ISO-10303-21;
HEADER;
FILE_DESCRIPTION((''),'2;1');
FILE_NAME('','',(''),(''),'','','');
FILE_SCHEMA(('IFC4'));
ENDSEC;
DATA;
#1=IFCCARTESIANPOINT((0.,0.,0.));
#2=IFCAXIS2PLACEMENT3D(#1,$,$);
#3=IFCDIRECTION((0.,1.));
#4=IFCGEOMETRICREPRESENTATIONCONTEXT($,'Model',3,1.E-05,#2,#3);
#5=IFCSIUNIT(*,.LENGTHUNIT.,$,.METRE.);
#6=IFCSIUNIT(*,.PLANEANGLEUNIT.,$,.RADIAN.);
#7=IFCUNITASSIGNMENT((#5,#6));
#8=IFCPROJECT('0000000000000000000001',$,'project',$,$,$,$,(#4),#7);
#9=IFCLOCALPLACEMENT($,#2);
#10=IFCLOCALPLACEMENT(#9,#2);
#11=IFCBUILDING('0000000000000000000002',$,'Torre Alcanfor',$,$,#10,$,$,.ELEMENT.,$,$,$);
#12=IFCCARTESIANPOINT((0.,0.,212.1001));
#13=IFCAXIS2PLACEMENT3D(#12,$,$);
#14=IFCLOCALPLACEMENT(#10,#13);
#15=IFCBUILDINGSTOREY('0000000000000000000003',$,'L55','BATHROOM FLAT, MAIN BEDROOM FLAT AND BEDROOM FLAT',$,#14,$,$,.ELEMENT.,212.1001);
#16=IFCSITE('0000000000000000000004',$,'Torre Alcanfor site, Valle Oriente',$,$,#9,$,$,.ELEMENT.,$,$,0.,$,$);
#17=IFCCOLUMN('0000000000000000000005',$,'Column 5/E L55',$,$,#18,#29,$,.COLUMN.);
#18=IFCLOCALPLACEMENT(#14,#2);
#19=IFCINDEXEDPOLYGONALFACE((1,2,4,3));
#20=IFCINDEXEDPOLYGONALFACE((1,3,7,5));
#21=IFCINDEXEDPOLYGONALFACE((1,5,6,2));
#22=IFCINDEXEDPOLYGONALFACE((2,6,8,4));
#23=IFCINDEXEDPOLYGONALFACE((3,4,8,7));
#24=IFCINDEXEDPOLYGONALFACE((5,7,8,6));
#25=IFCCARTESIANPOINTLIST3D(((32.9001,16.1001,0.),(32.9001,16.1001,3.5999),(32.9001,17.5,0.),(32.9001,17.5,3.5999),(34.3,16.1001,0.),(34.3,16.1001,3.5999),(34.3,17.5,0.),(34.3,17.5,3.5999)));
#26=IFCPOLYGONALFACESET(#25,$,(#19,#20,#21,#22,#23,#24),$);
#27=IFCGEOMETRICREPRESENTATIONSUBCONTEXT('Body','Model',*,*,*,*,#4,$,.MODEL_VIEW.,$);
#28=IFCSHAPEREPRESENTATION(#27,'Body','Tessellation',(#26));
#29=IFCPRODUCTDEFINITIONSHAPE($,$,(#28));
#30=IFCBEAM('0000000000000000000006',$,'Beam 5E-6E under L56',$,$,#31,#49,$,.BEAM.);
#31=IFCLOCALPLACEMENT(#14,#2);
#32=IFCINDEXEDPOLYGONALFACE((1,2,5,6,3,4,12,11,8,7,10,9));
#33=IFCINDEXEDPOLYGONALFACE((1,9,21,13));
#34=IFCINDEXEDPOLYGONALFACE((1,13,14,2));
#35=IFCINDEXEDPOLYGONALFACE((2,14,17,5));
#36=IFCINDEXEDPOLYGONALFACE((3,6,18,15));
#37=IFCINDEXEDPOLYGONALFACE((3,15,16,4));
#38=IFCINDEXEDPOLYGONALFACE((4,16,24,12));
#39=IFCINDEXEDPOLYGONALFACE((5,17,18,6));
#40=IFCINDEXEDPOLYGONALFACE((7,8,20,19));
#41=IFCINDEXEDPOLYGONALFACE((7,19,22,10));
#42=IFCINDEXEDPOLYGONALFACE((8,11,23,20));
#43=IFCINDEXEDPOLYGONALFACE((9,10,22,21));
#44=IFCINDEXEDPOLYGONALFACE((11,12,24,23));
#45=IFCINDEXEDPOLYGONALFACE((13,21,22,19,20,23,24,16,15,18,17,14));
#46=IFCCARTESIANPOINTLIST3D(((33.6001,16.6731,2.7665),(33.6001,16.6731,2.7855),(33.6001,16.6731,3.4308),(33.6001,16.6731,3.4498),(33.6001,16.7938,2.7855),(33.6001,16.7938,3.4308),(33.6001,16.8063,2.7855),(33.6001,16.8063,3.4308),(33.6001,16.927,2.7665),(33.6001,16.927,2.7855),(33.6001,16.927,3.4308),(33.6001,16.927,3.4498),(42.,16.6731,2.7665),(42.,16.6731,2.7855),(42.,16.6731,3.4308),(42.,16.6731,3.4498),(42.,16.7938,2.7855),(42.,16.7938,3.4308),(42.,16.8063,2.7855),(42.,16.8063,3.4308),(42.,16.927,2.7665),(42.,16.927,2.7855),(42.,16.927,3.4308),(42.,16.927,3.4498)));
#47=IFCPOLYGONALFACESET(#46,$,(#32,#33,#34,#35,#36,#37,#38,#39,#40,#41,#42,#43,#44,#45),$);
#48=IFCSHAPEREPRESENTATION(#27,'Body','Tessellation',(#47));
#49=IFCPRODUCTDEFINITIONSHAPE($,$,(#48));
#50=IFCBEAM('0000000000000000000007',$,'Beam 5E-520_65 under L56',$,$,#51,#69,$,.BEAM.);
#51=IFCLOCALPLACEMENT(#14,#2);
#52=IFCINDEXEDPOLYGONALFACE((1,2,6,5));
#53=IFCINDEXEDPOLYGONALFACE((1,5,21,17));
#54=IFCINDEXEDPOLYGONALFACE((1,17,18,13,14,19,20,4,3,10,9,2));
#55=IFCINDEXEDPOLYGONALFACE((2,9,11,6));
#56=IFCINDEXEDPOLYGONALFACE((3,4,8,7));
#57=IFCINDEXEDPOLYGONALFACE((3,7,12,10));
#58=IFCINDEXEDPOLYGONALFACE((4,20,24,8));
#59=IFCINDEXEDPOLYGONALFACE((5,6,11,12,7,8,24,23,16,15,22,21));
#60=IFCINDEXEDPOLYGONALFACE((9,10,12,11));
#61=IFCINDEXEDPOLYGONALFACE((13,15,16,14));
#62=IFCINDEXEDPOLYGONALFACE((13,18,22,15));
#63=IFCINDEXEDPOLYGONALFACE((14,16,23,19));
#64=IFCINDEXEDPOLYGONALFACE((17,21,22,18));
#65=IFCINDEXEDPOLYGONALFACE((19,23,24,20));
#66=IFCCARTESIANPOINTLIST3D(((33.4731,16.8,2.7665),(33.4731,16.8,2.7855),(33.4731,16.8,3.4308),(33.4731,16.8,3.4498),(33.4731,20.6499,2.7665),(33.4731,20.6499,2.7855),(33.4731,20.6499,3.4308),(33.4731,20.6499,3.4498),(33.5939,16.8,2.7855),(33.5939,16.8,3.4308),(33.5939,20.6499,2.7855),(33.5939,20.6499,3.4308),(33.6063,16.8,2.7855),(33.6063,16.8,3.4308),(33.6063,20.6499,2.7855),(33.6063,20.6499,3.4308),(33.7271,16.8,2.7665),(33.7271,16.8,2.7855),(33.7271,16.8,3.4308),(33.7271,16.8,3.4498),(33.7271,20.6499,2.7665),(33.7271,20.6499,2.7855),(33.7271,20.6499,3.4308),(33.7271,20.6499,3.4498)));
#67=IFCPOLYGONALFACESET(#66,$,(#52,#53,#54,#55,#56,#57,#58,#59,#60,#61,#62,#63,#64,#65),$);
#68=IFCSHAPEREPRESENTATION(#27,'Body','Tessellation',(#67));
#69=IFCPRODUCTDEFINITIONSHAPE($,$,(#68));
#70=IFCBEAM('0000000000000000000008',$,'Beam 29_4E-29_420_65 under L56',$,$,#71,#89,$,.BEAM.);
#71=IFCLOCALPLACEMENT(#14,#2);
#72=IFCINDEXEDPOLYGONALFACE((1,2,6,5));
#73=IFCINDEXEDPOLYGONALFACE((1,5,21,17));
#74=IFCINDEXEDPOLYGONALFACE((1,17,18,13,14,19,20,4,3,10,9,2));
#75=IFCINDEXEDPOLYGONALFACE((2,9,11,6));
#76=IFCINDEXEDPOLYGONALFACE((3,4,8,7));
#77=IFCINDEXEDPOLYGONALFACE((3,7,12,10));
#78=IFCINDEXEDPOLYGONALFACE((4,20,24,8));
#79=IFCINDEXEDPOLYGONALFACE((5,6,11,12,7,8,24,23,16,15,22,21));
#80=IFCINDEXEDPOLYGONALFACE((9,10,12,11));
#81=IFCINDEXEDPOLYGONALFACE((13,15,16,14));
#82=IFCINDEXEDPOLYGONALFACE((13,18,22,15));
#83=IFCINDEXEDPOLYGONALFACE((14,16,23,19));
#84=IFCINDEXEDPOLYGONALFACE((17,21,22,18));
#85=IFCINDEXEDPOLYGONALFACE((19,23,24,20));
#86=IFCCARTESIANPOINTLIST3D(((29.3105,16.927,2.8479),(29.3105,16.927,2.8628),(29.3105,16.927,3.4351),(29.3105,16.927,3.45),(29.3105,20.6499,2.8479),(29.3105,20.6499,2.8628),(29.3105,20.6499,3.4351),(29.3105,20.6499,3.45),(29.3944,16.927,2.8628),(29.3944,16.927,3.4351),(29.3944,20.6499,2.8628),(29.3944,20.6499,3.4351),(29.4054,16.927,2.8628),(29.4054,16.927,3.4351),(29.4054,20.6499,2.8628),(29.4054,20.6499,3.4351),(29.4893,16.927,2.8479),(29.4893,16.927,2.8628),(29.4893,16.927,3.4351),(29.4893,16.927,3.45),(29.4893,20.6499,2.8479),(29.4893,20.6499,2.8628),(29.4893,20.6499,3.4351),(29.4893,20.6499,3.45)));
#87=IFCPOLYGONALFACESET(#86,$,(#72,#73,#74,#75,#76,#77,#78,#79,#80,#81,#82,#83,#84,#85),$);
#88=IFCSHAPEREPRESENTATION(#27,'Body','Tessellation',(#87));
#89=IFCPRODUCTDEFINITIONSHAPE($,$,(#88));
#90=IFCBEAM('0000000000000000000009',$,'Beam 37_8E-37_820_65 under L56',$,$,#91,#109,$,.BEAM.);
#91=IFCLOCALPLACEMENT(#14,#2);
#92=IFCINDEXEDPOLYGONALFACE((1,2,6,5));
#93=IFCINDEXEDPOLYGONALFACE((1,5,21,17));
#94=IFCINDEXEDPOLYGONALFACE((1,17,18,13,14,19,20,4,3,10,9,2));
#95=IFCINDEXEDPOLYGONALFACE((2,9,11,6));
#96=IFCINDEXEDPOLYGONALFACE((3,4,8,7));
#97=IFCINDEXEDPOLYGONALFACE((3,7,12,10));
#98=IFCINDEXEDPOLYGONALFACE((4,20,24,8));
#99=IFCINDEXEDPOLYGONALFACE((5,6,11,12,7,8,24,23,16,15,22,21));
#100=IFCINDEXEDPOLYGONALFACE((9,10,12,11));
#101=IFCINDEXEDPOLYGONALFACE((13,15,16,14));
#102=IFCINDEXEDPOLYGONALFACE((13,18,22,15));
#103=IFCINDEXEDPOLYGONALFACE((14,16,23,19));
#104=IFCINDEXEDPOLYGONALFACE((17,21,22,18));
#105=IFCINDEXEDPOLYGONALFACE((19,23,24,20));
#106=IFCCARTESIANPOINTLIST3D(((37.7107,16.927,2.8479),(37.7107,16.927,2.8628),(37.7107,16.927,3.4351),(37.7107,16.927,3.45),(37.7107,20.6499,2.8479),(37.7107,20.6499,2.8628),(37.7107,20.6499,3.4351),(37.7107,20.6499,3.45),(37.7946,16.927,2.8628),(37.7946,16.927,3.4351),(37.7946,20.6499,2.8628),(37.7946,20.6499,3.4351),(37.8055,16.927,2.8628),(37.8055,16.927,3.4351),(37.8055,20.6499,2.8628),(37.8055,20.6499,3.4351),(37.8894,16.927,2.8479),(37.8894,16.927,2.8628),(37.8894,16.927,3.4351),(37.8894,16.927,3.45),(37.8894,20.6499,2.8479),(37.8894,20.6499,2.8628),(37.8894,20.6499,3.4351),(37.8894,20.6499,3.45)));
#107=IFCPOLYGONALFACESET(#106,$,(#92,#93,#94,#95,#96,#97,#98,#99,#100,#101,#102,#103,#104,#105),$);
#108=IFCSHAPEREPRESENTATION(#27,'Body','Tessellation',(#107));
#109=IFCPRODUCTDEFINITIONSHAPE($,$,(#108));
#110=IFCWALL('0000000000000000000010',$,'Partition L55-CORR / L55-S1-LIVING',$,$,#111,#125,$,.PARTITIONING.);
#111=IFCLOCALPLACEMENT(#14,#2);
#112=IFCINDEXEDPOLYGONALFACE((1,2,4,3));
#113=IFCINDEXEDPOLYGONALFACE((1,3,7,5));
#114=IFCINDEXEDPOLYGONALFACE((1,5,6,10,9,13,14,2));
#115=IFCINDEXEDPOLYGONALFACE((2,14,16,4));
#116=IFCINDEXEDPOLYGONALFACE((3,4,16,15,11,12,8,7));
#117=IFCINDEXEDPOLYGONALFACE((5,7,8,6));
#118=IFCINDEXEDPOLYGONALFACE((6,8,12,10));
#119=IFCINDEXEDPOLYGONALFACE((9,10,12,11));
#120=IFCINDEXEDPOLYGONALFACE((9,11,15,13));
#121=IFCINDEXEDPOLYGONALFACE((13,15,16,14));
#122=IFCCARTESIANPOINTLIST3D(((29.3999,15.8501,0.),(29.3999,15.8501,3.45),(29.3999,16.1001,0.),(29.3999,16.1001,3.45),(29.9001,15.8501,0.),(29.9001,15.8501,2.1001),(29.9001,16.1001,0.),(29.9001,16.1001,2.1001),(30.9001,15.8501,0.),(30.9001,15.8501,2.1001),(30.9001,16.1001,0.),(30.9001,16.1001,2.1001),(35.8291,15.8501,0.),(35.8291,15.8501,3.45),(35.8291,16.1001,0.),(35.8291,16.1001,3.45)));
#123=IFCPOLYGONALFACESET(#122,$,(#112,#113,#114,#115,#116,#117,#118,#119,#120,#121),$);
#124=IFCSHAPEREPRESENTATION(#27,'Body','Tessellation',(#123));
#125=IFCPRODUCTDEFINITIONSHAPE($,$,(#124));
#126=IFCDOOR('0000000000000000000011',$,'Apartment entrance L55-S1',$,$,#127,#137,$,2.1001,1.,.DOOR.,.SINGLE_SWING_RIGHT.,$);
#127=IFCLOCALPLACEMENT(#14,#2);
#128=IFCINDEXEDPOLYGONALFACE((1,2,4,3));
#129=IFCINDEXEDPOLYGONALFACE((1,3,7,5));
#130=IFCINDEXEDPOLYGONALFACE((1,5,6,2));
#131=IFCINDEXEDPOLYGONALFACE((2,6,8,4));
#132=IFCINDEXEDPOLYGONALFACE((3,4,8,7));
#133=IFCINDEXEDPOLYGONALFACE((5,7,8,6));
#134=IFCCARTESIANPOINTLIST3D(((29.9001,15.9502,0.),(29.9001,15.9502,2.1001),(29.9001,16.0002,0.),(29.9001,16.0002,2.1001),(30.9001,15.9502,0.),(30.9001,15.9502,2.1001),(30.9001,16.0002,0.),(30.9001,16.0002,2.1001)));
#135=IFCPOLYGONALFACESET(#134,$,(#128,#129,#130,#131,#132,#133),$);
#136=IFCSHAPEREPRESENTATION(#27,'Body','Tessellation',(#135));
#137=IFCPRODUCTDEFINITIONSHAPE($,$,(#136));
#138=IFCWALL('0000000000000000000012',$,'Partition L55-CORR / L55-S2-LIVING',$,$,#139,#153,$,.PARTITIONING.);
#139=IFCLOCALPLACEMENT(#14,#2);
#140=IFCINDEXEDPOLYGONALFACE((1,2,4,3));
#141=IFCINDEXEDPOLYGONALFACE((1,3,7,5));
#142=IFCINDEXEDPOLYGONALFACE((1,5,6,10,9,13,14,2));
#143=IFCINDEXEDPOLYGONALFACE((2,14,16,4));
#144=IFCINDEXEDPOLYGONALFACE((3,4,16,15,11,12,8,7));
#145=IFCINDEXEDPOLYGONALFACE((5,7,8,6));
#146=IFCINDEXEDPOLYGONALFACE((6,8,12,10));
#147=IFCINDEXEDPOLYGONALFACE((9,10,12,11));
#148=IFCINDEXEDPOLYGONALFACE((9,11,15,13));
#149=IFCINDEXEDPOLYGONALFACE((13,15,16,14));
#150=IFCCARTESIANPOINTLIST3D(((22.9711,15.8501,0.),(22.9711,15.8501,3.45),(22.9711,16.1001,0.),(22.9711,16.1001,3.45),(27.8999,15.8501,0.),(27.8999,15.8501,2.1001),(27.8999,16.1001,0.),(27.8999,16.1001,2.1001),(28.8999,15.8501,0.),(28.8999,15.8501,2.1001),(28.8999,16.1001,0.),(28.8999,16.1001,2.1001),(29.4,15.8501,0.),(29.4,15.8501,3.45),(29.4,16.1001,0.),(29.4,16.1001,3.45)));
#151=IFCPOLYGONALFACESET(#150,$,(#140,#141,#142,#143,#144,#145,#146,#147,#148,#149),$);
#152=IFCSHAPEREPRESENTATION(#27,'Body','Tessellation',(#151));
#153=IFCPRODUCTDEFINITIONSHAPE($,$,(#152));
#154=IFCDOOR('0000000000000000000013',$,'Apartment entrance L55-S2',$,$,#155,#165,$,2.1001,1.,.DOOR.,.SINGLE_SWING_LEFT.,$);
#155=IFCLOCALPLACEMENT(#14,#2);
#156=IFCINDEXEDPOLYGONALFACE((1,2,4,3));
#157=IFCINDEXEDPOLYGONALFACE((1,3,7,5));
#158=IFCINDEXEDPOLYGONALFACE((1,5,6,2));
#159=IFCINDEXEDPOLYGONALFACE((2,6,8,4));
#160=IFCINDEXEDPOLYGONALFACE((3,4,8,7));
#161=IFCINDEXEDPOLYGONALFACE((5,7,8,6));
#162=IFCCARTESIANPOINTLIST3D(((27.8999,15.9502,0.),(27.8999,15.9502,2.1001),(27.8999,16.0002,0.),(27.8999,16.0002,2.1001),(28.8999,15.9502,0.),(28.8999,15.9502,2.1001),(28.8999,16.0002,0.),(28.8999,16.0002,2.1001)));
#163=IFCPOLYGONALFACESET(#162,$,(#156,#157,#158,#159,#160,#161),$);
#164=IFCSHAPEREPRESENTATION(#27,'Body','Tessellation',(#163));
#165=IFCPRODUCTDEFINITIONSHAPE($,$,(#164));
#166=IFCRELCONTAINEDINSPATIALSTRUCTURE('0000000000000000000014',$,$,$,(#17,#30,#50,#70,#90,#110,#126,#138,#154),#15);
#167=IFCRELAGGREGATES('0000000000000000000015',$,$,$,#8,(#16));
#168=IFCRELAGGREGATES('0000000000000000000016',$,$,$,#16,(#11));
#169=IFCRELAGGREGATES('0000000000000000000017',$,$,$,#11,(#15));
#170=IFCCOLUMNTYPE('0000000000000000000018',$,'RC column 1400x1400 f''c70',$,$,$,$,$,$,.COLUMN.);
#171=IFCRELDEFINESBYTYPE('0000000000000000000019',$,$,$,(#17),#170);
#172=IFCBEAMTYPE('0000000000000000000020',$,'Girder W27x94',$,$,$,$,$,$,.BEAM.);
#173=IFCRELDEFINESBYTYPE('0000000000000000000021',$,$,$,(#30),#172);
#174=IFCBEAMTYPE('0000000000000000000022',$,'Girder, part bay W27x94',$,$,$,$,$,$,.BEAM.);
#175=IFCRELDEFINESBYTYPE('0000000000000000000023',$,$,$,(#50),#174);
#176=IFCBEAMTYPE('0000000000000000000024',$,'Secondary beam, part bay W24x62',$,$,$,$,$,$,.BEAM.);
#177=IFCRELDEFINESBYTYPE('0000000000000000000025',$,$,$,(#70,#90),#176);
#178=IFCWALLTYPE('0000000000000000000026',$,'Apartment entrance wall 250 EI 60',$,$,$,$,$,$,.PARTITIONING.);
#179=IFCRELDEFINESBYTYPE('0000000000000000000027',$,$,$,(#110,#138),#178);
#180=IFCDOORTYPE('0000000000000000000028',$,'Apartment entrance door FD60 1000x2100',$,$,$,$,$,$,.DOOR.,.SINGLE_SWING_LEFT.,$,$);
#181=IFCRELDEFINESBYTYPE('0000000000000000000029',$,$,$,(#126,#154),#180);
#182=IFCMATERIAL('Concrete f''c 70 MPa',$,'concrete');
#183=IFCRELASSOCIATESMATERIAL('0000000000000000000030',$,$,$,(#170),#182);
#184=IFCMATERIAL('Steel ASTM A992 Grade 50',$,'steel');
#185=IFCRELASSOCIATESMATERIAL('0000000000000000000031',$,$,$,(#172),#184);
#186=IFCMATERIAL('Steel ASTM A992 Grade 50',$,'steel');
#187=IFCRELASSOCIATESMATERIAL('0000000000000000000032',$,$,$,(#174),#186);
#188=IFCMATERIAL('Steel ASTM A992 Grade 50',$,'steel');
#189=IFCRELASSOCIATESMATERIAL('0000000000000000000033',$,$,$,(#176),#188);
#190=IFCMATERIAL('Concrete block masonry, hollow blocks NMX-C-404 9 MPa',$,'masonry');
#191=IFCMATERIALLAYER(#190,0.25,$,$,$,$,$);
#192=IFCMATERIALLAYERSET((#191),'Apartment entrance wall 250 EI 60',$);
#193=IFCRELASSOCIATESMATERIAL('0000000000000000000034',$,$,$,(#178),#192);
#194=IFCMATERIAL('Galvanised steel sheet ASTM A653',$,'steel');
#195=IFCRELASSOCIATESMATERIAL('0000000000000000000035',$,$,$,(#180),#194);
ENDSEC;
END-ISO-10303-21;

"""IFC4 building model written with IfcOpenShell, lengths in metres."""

from ifc_helpers import new_model, si_unit, direction, frame, frame_2d, origin, origin_2d, place, context, subcontext, project, spatial, rectangle, i_section, extrude, material, layer, layer_set, material_profile, profile_set, type_object, element, fill, save


model = new_model("IFC4")

# Units and contexts
model_context = context("Model", 3, precision=1e-05, world=origin(), true_north=direction((0.0, 1.0)))
body_context = subcontext(model_context, "Body", "Model", "MODEL_VIEW")
ifc_project = project(units=[si_unit("LENGTHUNIT", "METRE"), si_unit("PLANEANGLEUNIT", "RADIAN")], contexts=[model_context])

# Site, building, storey
site_placement = place(None, origin())
site = spatial("IfcSite", under=ifc_project, at=site_placement, Name="Torre Alcanfor site, Valle Oriente", CompositionType="ELEMENT", RefElevation=0.0)
building_placement = place(site_placement, origin())
building = spatial("IfcBuilding", under=site, at=building_placement, Name="Torre Alcanfor", CompositionType="ELEMENT")
storey_placement = place(building_placement, frame((0.0, 0.0, 212.1001)))
storey = spatial("IfcBuildingStorey", under=building, at=storey_placement, Name="L55", Description="BATHROOM FLAT, MAIN BEDROOM FLAT AND BEDROOM FLAT", CompositionType="ELEMENT", Elevation=212.1001)

# Column
ifc_material_1 = material(Name="Concrete f'c 70 MPa", Category="concrete")
ifc_material_profile_1 = material_profile(ifc_material_1, rectangle(XDim=1.3999, YDim=1.3999, at=origin_2d()), Name="1400x1400")
ifc_profile_set_1 = profile_set([ifc_material_profile_1], Name="Concrete f'c 70 MPa")
column_type = type_object("IfcColumnType", Name="RC column 1400x1400 f'c70", PredefinedType="COLUMN", material=ifc_profile_set_1)
column_placement = place(storey_placement, frame((33.6001, 16.8, 0.0), z_axis=(0.0, 0.0, 1.0), x_axis=(1.0, 0.0, 0.0)))
element("IfcColumn", 1, at=column_placement, inside=storey, type_object=column_type, Name="Column 5/E L55", PredefinedType="COLUMN", context=body_context, shape_type="SweptSolid", body=[
    extrude(rectangle(XDim=1.3999, YDim=1.3999, at=origin_2d()), origin(), (0.0, 0.0, 1.0), 3.5999),
])

# Beams
ifc_material_2 = material(Name="Steel ASTM A992 Grade 50", Category="steel")
ifc_material_profile_2 = material_profile(ifc_material_2, i_section(OverallWidth=0.2539, OverallDepth=0.6833, WebThickness=0.0125, FlangeThickness=0.019, at=origin_2d()), Name="W27x94")
ifc_profile_set_2 = profile_set([ifc_material_profile_2], Name="Steel ASTM A992 Grade 50")
beam_type_1 = type_object("IfcBeamType", Name="Girder W27x94", PredefinedType="BEAM", material=ifc_profile_set_2)
beam_1_placement = place(storey_placement, frame((33.6001, 16.8, 3.1082), z_axis=(1.0, 0.0, 0.0), x_axis=(0.0, 1.0, 0.0)))
element("IfcBeam", 2, at=beam_1_placement, inside=storey, type_object=beam_type_1, Name="Beam 5E-6E under L56", PredefinedType="BEAM", context=body_context, shape_type="SweptSolid", body=[
    extrude(i_section(OverallWidth=0.2539, OverallDepth=0.6833, WebThickness=0.0125, FlangeThickness=0.019, at=origin_2d()), origin(), (0.0, 0.0, 1.0), 8.3999),
])
ifc_material_3 = material(Name="Steel ASTM A992 Grade 50", Category="steel")
ifc_material_profile_3 = material_profile(ifc_material_3, i_section(OverallWidth=0.2539, OverallDepth=0.6833, WebThickness=0.0125, FlangeThickness=0.019, at=origin_2d()), Name="W27x94")
ifc_profile_set_3 = profile_set([ifc_material_profile_3], Name="Steel ASTM A992 Grade 50")
beam_type_2 = type_object("IfcBeamType", Name="Girder, part bay W27x94", PredefinedType="BEAM", material=ifc_profile_set_3)
beam_2_placement = place(storey_placement, frame((33.6001, 16.8, 3.1082), z_axis=(0.0, 1.0, 0.0), x_axis=(-1.0, 0.0, 0.0)))
element("IfcBeam", 3, at=beam_2_placement, inside=storey, type_object=beam_type_2, Name="Beam 5E-520_65 under L56", PredefinedType="BEAM", context=body_context, shape_type="SweptSolid", body=[
    extrude(i_section(OverallWidth=0.2539, OverallDepth=0.6833, WebThickness=0.0125, FlangeThickness=0.019, at=origin_2d()), origin(), (0.0, 0.0, 1.0), 3.8499),
])
ifc_material_4 = material(Name="Steel ASTM A992 Grade 50", Category="steel")
ifc_material_profile_4 = material_profile(ifc_material_4, i_section(OverallWidth=0.1787, OverallDepth=0.6021, WebThickness=0.011, FlangeThickness=0.0149, at=origin_2d()), Name="W24x62")
ifc_profile_set_4 = profile_set([ifc_material_profile_4], Name="Steel ASTM A992 Grade 50")
beam_type_3 = type_object("IfcBeamType", Name="Secondary beam, part bay W24x62", PredefinedType="BEAM", material=ifc_profile_set_4)
for number, where, z_axis, x_axis, name in (
    (4, (29.3999, 16.927, 3.1489), (0.0, 1.0, 0.0), (-1.0, 0.0, 0.0), "Beam 29_4E-29_420_65 under L56"),
    (5, (37.8, 16.927, 3.1489), (0.0, 1.0, 0.0), (-1.0, 0.0, 0.0), "Beam 37_8E-37_820_65 under L56"),
):
    element("IfcBeam", number, at=place(storey_placement, frame(where, z_axis=z_axis, x_axis=x_axis)), inside=storey, type_object=beam_type_3, Name=name, PredefinedType="BEAM", context=body_context, shape_type="SweptSolid", body=[
        extrude(i_section(OverallWidth=0.1787, OverallDepth=0.6021, WebThickness=0.011, FlangeThickness=0.0149, at=origin_2d()), origin(), (0.0, 0.0, 1.0), 3.7229),
    ])

# Walls, openings, doors
ifc_material_5 = material(Name="Concrete block masonry, hollow blocks NMX-C-404 9 MPa", Category="masonry")
ifc_layer_1 = layer(ifc_material_5, 0.25)
ifc_layer_set_1 = layer_set([ifc_layer_1], Name="Apartment entrance wall 250 EI 60")
wall_type_1 = type_object("IfcWallType", Name="Apartment entrance wall 250 EI 60", PredefinedType="PARTITIONING", material=ifc_layer_set_1)
wall_1_placement = place(storey_placement, frame((35.8291, 15.9751, 0.0), z_axis=(0.0, 0.0, 1.0), x_axis=(-1.0, 0.0, 0.0)))
wall_1 = element("IfcWall", 6, at=wall_1_placement, inside=storey, type_object=wall_type_1, Name="Partition L55-CORR / L55-S1-LIVING", PredefinedType="PARTITIONING", context=body_context, shape_type="SweptSolid", body=[
    extrude(rectangle(XDim=6.4292, YDim=0.25, at=frame_2d((3.2146, 0.0))), origin(), (0.0, 0.0, 1.0), 3.45),
])
opening_1_placement = place(wall_1_placement, frame((4.929, 0.0, 0.0)))
opening_1 = element("IfcOpeningElement", 7, at=opening_1_placement, cuts=wall_1, PredefinedType="OPENING", context=body_context, shape_type="SweptSolid", body=[
    extrude(rectangle(XDim=1.0, YDim=2.1001, at=frame_2d((0.5, 1.05))), frame((0.0, 0.135, 0.0), z_axis=(0.0, -1.0, 0.0), x_axis=(1.0, 0.0, 0.0)), (0.0, 0.0, 1.0), 0.27),
])
ifc_material_6 = material(Name="Galvanised steel sheet ASTM A653", Category="steel")
door_type_1 = type_object("IfcDoorType", Name="Apartment entrance door FD60 1000x2100", OperationType="SINGLE_SWING_LEFT", PredefinedType="DOOR", material=ifc_material_6)
door_1_placement = place(opening_1_placement, origin())
door_1 = element("IfcDoor", 8, at=door_1_placement, inside=storey, type_object=door_type_1, Name="Apartment entrance L55-S1", OperationType="SINGLE_SWING_RIGHT", OverallHeight=2.1001, OverallWidth=1.0, PredefinedType="DOOR", context=body_context, shape_type="SweptSolid", body=[
    extrude(rectangle(XDim=1.0, YDim=2.1001, at=frame_2d((0.5, 1.05))), frame((0.0, 0.0249, 0.0), z_axis=(0.0, -1.0, 0.0), x_axis=(1.0, 0.0, 0.0)), (0.0, 0.0, 1.0), 0.05),
])
fill(opening_1, door_1)
wall_2_placement = place(storey_placement, frame((29.3999, 15.9751, 0.0), z_axis=(0.0, 0.0, 1.0), x_axis=(-1.0, 0.0, 0.0)))
wall_2 = element("IfcWall", 9, at=wall_2_placement, inside=storey, type_object=wall_type_1, Name="Partition L55-CORR / L55-S2-LIVING", PredefinedType="PARTITIONING", context=body_context, shape_type="SweptSolid", body=[
    extrude(rectangle(XDim=6.429, YDim=0.25, at=frame_2d((3.2144, 0.0))), origin(), (0.0, 0.0, 1.0), 3.45),
])
opening_2_placement = place(wall_2_placement, frame((0.5, 0.0, 0.0)))
opening_2 = element("IfcOpeningElement", 10, at=opening_2_placement, cuts=wall_2, PredefinedType="OPENING", context=body_context, shape_type="SweptSolid", body=[
    extrude(rectangle(XDim=1.0, YDim=2.1001, at=frame_2d((0.5, 1.05))), frame((0.0, 0.135, 0.0), z_axis=(0.0, -1.0, 0.0), x_axis=(1.0, 0.0, 0.0)), (0.0, 0.0, 1.0), 0.27),
])
door_2_placement = place(opening_2_placement, origin())
door_2 = element("IfcDoor", 11, at=door_2_placement, inside=storey, type_object=door_type_1, Name="Apartment entrance L55-S2", OperationType="SINGLE_SWING_LEFT", OverallHeight=2.1001, OverallWidth=1.0, PredefinedType="DOOR", context=body_context, shape_type="SweptSolid", body=[
    extrude(rectangle(XDim=1.0, YDim=2.1001, at=frame_2d((0.5, 1.05))), frame((0.0, 0.0249, 0.0), z_axis=(0.0, -1.0, 0.0), x_axis=(1.0, 0.0, 0.0)), (0.0, 0.0, 1.0), 0.05),
])
fill(opening_2, door_2)

save(model, "model.ifc")
